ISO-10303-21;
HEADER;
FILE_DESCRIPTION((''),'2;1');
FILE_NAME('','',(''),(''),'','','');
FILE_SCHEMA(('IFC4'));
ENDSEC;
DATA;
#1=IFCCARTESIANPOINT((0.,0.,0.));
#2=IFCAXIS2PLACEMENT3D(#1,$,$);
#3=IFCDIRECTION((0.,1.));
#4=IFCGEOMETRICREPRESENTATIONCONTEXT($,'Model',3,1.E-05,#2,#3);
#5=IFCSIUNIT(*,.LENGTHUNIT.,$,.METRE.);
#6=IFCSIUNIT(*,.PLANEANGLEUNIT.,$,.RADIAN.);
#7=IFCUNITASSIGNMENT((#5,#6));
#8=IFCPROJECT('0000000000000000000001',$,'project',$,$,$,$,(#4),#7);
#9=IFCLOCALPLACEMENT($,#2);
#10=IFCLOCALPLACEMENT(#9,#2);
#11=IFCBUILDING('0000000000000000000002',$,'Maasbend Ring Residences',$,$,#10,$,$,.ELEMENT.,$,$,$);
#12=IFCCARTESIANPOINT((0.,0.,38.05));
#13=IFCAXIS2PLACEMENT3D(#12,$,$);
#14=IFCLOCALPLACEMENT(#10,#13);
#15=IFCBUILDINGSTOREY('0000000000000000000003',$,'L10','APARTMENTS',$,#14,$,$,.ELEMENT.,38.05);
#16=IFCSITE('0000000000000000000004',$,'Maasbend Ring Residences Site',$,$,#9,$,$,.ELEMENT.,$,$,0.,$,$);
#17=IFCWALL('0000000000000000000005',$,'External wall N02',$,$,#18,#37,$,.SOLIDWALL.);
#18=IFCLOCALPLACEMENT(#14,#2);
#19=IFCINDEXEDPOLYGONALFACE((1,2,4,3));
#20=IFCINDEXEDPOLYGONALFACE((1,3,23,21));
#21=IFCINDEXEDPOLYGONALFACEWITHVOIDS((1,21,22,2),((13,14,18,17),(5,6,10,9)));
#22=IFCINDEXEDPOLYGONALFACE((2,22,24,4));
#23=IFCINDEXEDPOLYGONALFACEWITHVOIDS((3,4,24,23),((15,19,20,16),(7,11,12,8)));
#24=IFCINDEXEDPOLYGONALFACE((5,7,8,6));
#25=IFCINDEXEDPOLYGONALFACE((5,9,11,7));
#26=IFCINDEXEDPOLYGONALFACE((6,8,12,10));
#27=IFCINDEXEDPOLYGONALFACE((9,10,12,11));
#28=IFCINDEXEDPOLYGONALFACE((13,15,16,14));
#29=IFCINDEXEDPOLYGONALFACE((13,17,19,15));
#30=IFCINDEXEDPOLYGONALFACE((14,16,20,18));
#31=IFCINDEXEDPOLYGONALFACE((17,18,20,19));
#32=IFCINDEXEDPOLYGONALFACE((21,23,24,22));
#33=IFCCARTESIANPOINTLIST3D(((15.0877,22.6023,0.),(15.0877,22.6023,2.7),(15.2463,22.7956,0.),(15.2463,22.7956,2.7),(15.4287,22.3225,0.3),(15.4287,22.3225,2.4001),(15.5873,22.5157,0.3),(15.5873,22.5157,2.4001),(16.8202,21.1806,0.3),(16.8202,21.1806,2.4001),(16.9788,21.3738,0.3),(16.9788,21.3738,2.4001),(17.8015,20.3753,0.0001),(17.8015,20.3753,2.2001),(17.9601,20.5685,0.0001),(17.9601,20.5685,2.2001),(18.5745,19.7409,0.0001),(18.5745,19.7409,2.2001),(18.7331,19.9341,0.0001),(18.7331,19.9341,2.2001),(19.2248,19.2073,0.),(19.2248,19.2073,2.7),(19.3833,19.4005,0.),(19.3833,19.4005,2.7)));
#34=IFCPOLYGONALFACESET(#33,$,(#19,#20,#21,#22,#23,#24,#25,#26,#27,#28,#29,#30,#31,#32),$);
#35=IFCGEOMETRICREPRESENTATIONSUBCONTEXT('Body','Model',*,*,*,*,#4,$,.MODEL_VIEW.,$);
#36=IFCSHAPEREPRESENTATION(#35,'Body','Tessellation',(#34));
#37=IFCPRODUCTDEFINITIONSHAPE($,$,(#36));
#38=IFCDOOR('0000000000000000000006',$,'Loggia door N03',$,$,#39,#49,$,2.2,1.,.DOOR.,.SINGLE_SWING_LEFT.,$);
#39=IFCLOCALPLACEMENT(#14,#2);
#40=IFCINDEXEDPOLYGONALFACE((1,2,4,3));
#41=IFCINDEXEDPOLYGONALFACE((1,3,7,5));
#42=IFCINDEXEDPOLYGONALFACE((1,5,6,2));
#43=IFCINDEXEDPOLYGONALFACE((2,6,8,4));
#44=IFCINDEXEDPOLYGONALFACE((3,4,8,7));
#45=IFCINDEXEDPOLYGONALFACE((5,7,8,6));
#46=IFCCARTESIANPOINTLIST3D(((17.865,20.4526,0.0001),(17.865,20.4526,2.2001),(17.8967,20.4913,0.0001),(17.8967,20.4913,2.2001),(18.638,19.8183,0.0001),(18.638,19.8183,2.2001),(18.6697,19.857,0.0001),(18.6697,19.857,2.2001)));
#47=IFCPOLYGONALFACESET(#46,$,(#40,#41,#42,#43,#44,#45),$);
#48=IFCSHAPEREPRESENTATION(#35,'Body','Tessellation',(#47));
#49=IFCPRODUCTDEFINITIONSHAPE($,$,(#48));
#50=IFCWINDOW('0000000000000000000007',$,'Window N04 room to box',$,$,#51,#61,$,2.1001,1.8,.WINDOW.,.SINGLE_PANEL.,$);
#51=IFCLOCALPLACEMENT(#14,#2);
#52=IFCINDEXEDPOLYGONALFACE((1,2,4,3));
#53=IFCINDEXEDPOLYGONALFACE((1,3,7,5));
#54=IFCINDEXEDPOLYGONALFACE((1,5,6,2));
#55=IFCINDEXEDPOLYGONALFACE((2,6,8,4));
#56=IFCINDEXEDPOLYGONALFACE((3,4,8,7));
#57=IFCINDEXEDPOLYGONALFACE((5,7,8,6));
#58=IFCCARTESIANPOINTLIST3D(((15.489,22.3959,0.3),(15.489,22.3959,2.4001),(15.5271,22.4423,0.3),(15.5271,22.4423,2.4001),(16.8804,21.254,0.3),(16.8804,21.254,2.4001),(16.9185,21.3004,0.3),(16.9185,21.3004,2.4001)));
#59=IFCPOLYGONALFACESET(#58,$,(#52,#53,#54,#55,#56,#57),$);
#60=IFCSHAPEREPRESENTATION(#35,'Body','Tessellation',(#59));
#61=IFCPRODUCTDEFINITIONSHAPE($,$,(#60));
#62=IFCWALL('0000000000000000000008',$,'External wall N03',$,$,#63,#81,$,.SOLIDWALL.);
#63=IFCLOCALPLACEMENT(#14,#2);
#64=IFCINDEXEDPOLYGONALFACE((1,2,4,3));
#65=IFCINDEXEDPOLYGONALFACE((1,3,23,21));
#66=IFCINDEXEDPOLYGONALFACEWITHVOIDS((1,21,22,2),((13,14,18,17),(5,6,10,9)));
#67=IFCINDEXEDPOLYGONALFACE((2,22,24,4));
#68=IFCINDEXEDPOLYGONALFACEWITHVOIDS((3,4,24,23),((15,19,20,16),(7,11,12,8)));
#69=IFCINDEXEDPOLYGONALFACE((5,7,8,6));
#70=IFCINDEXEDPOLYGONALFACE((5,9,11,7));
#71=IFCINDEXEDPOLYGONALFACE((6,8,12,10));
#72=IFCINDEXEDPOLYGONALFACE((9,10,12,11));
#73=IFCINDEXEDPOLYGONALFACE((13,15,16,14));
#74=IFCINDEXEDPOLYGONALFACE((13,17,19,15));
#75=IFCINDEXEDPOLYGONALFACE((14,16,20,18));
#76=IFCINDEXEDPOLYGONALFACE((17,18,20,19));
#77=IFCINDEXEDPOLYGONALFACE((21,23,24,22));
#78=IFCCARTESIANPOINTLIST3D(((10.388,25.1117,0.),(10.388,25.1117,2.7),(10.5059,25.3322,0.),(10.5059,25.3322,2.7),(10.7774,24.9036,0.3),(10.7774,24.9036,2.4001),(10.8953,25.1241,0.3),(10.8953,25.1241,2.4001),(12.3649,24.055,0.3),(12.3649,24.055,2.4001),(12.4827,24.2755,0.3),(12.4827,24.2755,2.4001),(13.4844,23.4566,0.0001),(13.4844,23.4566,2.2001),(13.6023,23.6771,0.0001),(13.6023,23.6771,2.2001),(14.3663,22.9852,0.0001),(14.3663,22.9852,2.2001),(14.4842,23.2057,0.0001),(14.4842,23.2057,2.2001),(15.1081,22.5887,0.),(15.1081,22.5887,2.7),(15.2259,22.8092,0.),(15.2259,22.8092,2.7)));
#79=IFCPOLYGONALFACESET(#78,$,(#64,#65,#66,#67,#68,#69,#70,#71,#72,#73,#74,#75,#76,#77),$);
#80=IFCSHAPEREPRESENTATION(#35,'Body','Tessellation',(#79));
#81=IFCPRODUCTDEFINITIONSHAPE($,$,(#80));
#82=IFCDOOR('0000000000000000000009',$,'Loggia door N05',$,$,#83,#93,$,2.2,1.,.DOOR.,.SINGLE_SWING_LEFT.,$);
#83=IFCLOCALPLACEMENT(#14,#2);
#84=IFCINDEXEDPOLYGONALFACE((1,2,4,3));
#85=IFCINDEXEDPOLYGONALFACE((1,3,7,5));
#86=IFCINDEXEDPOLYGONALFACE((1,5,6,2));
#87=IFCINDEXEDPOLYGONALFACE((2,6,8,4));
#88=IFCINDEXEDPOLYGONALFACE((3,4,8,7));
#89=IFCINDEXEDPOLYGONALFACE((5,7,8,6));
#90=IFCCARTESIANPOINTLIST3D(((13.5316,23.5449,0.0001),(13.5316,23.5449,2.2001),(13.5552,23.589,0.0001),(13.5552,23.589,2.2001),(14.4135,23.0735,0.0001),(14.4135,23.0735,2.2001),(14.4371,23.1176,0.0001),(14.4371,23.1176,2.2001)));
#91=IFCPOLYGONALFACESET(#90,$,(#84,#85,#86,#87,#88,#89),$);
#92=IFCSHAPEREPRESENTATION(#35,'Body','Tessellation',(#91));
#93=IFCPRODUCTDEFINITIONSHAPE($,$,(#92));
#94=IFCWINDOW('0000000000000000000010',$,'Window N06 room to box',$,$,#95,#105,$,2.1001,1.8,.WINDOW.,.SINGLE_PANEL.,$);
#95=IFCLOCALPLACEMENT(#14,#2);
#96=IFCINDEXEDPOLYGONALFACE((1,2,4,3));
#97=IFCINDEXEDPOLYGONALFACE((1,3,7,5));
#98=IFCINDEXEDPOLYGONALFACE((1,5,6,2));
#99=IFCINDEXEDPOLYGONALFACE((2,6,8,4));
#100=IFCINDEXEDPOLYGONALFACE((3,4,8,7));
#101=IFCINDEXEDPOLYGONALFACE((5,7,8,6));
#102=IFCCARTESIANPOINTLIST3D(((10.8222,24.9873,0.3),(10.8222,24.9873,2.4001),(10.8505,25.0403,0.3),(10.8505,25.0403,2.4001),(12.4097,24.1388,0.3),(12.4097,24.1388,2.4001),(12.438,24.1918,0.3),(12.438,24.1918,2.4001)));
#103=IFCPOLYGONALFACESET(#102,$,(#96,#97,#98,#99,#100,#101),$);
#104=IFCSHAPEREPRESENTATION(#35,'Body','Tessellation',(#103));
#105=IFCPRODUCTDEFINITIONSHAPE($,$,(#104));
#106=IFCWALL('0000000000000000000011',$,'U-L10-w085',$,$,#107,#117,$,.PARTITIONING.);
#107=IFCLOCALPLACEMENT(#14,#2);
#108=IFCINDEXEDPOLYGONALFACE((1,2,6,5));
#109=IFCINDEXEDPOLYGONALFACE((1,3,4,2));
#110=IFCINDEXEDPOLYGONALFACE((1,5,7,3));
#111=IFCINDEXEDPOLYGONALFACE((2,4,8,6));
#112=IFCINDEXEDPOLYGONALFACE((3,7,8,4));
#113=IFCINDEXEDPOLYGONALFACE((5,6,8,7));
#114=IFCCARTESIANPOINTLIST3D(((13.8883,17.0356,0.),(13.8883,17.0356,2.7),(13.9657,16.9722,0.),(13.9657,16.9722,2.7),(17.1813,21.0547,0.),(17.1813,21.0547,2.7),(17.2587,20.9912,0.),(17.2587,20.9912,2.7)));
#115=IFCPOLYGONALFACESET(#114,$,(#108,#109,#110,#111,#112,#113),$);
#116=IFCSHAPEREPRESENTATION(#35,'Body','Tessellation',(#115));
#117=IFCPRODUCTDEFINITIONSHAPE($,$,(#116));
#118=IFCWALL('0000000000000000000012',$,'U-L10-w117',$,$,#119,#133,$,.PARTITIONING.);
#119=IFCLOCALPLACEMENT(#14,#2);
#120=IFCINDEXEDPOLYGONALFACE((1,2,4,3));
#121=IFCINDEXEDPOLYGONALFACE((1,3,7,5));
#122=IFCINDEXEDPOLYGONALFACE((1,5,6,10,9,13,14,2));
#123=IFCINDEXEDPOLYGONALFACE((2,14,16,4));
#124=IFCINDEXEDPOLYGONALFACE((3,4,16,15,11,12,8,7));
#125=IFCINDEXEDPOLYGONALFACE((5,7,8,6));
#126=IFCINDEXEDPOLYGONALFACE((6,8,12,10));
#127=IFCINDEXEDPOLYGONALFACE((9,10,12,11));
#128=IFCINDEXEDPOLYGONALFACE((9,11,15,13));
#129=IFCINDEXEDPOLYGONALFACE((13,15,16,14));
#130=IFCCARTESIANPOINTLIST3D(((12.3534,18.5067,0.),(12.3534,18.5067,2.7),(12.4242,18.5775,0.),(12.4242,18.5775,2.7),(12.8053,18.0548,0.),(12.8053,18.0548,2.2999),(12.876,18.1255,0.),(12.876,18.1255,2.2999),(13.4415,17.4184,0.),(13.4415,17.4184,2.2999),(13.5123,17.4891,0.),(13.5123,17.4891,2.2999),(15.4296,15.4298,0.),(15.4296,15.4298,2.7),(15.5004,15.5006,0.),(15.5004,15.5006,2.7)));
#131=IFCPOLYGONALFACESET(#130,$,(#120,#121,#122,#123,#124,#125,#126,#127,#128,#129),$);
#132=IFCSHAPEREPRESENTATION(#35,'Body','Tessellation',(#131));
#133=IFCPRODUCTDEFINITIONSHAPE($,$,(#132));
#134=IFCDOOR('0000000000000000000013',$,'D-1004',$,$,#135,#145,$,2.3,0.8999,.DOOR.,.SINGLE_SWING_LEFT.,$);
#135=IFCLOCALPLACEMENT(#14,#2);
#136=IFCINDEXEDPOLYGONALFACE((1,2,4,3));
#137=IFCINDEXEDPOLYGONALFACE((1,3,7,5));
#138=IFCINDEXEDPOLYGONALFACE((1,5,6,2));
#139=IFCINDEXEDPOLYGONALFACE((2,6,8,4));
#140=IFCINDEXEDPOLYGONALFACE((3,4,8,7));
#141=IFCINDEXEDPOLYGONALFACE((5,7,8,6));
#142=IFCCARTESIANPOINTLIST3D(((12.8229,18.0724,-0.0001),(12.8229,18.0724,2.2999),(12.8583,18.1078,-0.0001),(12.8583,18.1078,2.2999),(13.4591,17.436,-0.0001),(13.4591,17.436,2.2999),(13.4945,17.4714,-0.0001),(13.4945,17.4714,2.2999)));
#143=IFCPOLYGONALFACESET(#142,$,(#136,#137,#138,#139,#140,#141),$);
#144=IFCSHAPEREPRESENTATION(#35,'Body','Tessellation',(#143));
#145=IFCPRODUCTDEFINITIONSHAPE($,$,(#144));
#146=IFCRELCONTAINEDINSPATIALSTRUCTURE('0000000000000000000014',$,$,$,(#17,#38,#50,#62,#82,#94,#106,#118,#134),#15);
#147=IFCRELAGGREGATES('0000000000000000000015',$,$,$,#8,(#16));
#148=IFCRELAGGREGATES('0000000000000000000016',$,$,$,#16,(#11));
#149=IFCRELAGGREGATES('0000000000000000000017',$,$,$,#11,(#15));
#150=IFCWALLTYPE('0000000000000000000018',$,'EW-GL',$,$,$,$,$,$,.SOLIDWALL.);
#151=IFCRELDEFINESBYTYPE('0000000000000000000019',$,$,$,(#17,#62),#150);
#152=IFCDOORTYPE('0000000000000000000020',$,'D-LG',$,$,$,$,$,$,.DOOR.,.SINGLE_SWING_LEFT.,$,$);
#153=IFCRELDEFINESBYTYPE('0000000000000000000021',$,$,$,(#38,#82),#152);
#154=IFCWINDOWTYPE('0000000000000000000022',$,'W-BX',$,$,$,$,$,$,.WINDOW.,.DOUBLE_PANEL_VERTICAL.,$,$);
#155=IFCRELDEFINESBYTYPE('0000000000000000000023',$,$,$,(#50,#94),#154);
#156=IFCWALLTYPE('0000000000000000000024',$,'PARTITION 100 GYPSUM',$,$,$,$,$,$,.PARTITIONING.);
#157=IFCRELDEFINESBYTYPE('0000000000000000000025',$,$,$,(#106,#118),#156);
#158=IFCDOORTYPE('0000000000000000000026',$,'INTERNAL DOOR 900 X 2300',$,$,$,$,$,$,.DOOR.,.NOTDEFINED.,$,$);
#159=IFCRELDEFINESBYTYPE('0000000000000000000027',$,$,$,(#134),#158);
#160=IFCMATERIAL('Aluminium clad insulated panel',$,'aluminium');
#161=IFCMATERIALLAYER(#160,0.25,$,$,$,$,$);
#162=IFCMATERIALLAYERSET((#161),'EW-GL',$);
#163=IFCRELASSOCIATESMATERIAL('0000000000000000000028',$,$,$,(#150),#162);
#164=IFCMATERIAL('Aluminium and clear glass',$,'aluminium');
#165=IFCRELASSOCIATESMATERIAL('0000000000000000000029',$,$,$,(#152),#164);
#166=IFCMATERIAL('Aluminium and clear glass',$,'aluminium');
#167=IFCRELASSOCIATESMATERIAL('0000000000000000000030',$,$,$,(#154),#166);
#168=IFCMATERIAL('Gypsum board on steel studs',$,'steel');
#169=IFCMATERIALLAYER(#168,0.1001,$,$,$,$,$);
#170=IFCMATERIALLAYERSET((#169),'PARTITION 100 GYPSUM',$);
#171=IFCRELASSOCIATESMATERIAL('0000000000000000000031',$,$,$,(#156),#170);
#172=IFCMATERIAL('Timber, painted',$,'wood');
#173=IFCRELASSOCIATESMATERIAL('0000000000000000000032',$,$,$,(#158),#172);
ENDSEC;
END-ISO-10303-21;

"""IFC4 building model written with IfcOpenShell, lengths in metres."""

from ifc_helpers import new_model, si_unit, direction, frame, frame_2d, origin, place, context, subcontext, project, spatial, rectangle, extrude, material, layer, layer_set, type_object, element, fill, save


model = new_model("IFC4")

# Units and contexts
model_context = context("Model", 3, precision=1e-05, world=origin(), true_north=direction((0.0, 1.0)))
body_context = subcontext(model_context, "Body", "Model", "MODEL_VIEW")
ifc_project = project(units=[si_unit("LENGTHUNIT", "METRE"), si_unit("PLANEANGLEUNIT", "RADIAN")], contexts=[model_context])

# Site, building, storey
site_placement = place(None, origin())
site = spatial("IfcSite", under=ifc_project, at=site_placement, Name="Maasbend Ring Residences Site", CompositionType="ELEMENT", RefElevation=0.0)
building_placement = place(site_placement, origin())
building = spatial("IfcBuilding", under=site, at=building_placement, Name="Maasbend Ring Residences", CompositionType="ELEMENT")
storey_placement = place(building_placement, frame((0.0, 0.0, 38.05)))
storey = spatial("IfcBuildingStorey", under=building, at=storey_placement, Name="L10", Description="APARTMENTS", CompositionType="ELEMENT", Elevation=38.05)

# Walls, openings, doors, windows
ifc_material_1 = material(Name="Aluminium clad insulated panel", Category="aluminium")
ifc_layer_1 = layer(ifc_material_1, 0.25)
ifc_layer_set_1 = layer_set([ifc_layer_1], Name="EW-GL")
wall_type_1 = type_object("IfcWallType", Name="EW-GL", PredefinedType="SOLIDWALL", material=ifc_layer_set_1)
wall_1_placement = place(storey_placement, frame((19.304, 19.304, 0.0), z_axis=(0.0, 0.0, 1.0), x_axis=(-0.773019, 0.634382, 0.0)))
wall_1 = element("IfcWall", 1, at=wall_1_placement, inside=storey, type_object=wall_type_1, Name="External wall N02", PredefinedType="SOLIDWALL", context=body_context, shape_type="SweptSolid", body=[
    extrude(rectangle(XDim=5.3518, YDim=0.25, at=frame_2d((2.6758, 0.0))), origin(), (0.0, 0.0, 1.0), 2.7),
])
opening_1_placement = place(wall_1_placement, frame((0.8411, 0.0, 0.0)))
opening_1 = element("IfcOpeningElement", 2, at=opening_1_placement, cuts=wall_1, PredefinedType="OPENING", context=body_context, shape_type="SweptSolid", body=[
    extrude(rectangle(XDim=1.0, YDim=2.2, at=frame_2d((0.5, 1.1001))), frame((0.0, 0.135, 0.0), z_axis=(0.0, -1.0, 0.0), x_axis=(1.0, 0.0, 0.0)), (0.0, 0.0, 1.0), 0.27),
])
opening_2_placement = place(wall_1_placement, frame((3.1106, 0.0, 0.3)))
opening_2 = element("IfcOpeningElement", 3, at=opening_2_placement, cuts=wall_1, PredefinedType="OPENING", context=body_context, shape_type="SweptSolid", body=[
    extrude(rectangle(XDim=1.8, YDim=2.1001, at=frame_2d((0.8999, 1.05))), frame((0.0, 0.135, 0.0), z_axis=(0.0, -1.0, 0.0), x_axis=(1.0, 0.0, 0.0)), (0.0, 0.0, 1.0), 0.27),
])
ifc_material_2 = material(Name="Aluminium and clear glass", Category="aluminium")
door_type_1 = type_object("IfcDoorType", Name="D-LG", OperationType="SINGLE_SWING_LEFT", PredefinedType="DOOR", material=ifc_material_2)
door_1_placement = place(opening_1_placement, origin())
door_1 = element("IfcDoor", 4, at=door_1_placement, inside=storey, type_object=door_type_1, Name="Loggia door N03", OperationType="SINGLE_SWING_LEFT", OverallHeight=2.2, OverallWidth=1.0, PredefinedType="DOOR", context=body_context, shape_type="SweptSolid", body=[
    extrude(rectangle(XDim=1.0, YDim=2.2, at=frame_2d((0.5, 1.1001))), frame((0.0, 0.0249, 0.0), z_axis=(0.0, -1.0, 0.0), x_axis=(1.0, 0.0, 0.0)), (0.0, 0.0, 1.0), 0.05),
])
fill(opening_1, door_1)
ifc_material_3 = material(Name="Aluminium and clear glass", Category="aluminium")
window_type_1 = type_object("IfcWindowType", Name="W-BX", PartitioningType="DOUBLE_PANEL_VERTICAL", PredefinedType="WINDOW", material=ifc_material_3)
window_1_placement = place(opening_2_placement, origin())
window_1 = element("IfcWindow", 5, at=window_1_placement, inside=storey, type_object=window_type_1, Name="Window N04 room to box", OverallHeight=2.1001, OverallWidth=1.8, PartitioningType="SINGLE_PANEL", PredefinedType="WINDOW", context=body_context, shape_type="SweptSolid", body=[
    extrude(rectangle(XDim=1.8, YDim=2.1001, at=frame_2d((0.8999, 1.05))), frame((0.0, 0.03, 0.0), z_axis=(0.0, -1.0, 0.0), x_axis=(1.0, 0.0, 0.0)), (0.0, 0.0, 1.0), 0.0601),
])
fill(opening_2, window_1)
wall_2_placement = place(storey_placement, frame((15.167, 22.699, 0.0), z_axis=(0.0, 0.0, 1.0), x_axis=(-0.881916, 0.471407, 0.0)))
wall_2 = element("IfcWall", 6, at=wall_2_placement, inside=storey, type_object=wall_type_1, Name="External wall N03", PredefinedType="SOLIDWALL", context=body_context, shape_type="SweptSolid", body=[
    extrude(rectangle(XDim=5.3521, YDim=0.25, at=frame_2d((2.676, 0.0))), origin(), (0.0, 0.0, 1.0), 2.7),
])
opening_3_placement = place(wall_2_placement, frame((0.8411, 0.0, 0.0)))
opening_3 = element("IfcOpeningElement", 7, at=opening_3_placement, cuts=wall_2, PredefinedType="OPENING", context=body_context, shape_type="SweptSolid", body=[
    extrude(rectangle(XDim=1.0, YDim=2.2, at=frame_2d((0.5, 1.1001))), frame((0.0, 0.135, 0.0), z_axis=(0.0, -1.0, 0.0), x_axis=(1.0, 0.0, 0.0)), (0.0, 0.0, 1.0), 0.27),
])
opening_4_placement = place(wall_2_placement, frame((3.1106, 0.0, 0.3)))
opening_4 = element("IfcOpeningElement", 8, at=opening_4_placement, cuts=wall_2, PredefinedType="OPENING", context=body_context, shape_type="SweptSolid", body=[
    extrude(rectangle(XDim=1.8, YDim=2.1001, at=frame_2d((0.8999, 1.05))), frame((0.0, 0.135, 0.0), z_axis=(0.0, -1.0, 0.0), x_axis=(1.0, 0.0, 0.0)), (0.0, 0.0, 1.0), 0.27),
])
door_2_placement = place(opening_3_placement, origin())
door_2 = element("IfcDoor", 9, at=door_2_placement, inside=storey, type_object=door_type_1, Name="Loggia door N05", OperationType="SINGLE_SWING_LEFT", OverallHeight=2.2, OverallWidth=1.0, PredefinedType="DOOR", context=body_context, shape_type="SweptSolid", body=[
    extrude(rectangle(XDim=1.0, YDim=2.2, at=frame_2d((0.5, 1.1001))), frame((0.0, 0.0249, 0.0), z_axis=(0.0, -1.0, 0.0), x_axis=(1.0, 0.0, 0.0)), (0.0, 0.0, 1.0), 0.05),
])
fill(opening_3, door_2)
window_2_placement = place(opening_4_placement, origin())
window_2 = element("IfcWindow", 10, at=window_2_placement, inside=storey, type_object=window_type_1, Name="Window N06 room to box", OverallHeight=2.1001, OverallWidth=1.8, PartitioningType="SINGLE_PANEL", PredefinedType="WINDOW", context=body_context, shape_type="SweptSolid", body=[
    extrude(rectangle(XDim=1.8, YDim=2.1001, at=frame_2d((0.8999, 1.05))), frame((0.0, 0.03, 0.0), z_axis=(0.0, -1.0, 0.0), x_axis=(1.0, 0.0, 0.0)), (0.0, 0.0, 1.0), 0.0601),
])
fill(opening_4, window_2)

# Wall
ifc_material_4 = material(Name="Gypsum board on steel studs", Category="steel")
ifc_layer_2 = layer(ifc_material_4, 0.1001)
ifc_layer_set_2 = layer_set([ifc_layer_2], Name="PARTITION 100 GYPSUM")
wall_type_2 = type_object("IfcWallType", Name="PARTITION 100 GYPSUM", PredefinedType="PARTITIONING", material=ifc_layer_set_2)
wall_3_placement = place(storey_placement, frame((13.927, 17.0039, 0.0), z_axis=(0.0, 0.0, 1.0), x_axis=(0.633775, 0.773517, 0.0)))
element("IfcWall", 11, at=wall_3_placement, inside=storey, type_object=wall_type_2, Name="U-L10-w085", PredefinedType="PARTITIONING", context=body_context, shape_type="SweptSolid", body=[
    extrude(rectangle(XDim=5.1958, YDim=0.1001, at=frame_2d((2.5979, 0.0))), origin(), (0.0, 0.0, 1.0), 2.7),
])

# Wall, opening, door
wall_4_placement = place(storey_placement, frame((12.3889, 18.542, 0.0), z_axis=(0.0, 0.0, 1.0), x_axis=(0.707023, -0.707191, 0.0)))
wall_4 = element("IfcWall", 12, at=wall_4_placement, inside=storey, type_object=wall_type_2, Name="U-L10-w117", PredefinedType="PARTITIONING", context=body_context, shape_type="SweptSolid", body=[
    extrude(rectangle(XDim=4.3508, YDim=0.1001, at=frame_2d((2.1753, 0.0))), origin(), (0.0, 0.0, 1.0), 2.7),
])
opening_5_placement = place(wall_4_placement, frame((0.6389, 0.0, 0.0)))
opening_5 = element("IfcOpeningElement", 13, at=opening_5_placement, cuts=wall_4, PredefinedType="OPENING", context=body_context, shape_type="SweptSolid", body=[
    extrude(rectangle(XDim=0.8999, YDim=2.3, at=frame_2d((0.45, 1.1499))), frame((0.0, 0.0601, 0.0), z_axis=(0.0, -1.0, 0.0), x_axis=(1.0, 0.0, 0.0)), (0.0, 0.0, 1.0), 0.1201),
])
ifc_material_5 = material(Name="Timber, painted", Category="wood")
door_type_2 = type_object("IfcDoorType", Name="INTERNAL DOOR 900 X 2300", OperationType="NOTDEFINED", PredefinedType="DOOR", material=ifc_material_5)
door_3_placement = place(opening_5_placement, origin())
door_3 = element("IfcDoor", 14, at=door_3_placement, inside=storey, type_object=door_type_2, Name="D-1004", OperationType="SINGLE_SWING_LEFT", OverallHeight=2.3, OverallWidth=0.8999, PredefinedType="DOOR", context=body_context, shape_type="SweptSolid", body=[
    extrude(rectangle(XDim=0.8999, YDim=2.3, at=frame_2d((0.45, 1.1499))), frame((0.0, 0.0249, 0.0), z_axis=(0.0, -1.0, 0.0), x_axis=(1.0, 0.0, 0.0)), (0.0, 0.0, 1.0), 0.05),
])
fill(opening_5, door_3)

save(model, "model.ifc")
